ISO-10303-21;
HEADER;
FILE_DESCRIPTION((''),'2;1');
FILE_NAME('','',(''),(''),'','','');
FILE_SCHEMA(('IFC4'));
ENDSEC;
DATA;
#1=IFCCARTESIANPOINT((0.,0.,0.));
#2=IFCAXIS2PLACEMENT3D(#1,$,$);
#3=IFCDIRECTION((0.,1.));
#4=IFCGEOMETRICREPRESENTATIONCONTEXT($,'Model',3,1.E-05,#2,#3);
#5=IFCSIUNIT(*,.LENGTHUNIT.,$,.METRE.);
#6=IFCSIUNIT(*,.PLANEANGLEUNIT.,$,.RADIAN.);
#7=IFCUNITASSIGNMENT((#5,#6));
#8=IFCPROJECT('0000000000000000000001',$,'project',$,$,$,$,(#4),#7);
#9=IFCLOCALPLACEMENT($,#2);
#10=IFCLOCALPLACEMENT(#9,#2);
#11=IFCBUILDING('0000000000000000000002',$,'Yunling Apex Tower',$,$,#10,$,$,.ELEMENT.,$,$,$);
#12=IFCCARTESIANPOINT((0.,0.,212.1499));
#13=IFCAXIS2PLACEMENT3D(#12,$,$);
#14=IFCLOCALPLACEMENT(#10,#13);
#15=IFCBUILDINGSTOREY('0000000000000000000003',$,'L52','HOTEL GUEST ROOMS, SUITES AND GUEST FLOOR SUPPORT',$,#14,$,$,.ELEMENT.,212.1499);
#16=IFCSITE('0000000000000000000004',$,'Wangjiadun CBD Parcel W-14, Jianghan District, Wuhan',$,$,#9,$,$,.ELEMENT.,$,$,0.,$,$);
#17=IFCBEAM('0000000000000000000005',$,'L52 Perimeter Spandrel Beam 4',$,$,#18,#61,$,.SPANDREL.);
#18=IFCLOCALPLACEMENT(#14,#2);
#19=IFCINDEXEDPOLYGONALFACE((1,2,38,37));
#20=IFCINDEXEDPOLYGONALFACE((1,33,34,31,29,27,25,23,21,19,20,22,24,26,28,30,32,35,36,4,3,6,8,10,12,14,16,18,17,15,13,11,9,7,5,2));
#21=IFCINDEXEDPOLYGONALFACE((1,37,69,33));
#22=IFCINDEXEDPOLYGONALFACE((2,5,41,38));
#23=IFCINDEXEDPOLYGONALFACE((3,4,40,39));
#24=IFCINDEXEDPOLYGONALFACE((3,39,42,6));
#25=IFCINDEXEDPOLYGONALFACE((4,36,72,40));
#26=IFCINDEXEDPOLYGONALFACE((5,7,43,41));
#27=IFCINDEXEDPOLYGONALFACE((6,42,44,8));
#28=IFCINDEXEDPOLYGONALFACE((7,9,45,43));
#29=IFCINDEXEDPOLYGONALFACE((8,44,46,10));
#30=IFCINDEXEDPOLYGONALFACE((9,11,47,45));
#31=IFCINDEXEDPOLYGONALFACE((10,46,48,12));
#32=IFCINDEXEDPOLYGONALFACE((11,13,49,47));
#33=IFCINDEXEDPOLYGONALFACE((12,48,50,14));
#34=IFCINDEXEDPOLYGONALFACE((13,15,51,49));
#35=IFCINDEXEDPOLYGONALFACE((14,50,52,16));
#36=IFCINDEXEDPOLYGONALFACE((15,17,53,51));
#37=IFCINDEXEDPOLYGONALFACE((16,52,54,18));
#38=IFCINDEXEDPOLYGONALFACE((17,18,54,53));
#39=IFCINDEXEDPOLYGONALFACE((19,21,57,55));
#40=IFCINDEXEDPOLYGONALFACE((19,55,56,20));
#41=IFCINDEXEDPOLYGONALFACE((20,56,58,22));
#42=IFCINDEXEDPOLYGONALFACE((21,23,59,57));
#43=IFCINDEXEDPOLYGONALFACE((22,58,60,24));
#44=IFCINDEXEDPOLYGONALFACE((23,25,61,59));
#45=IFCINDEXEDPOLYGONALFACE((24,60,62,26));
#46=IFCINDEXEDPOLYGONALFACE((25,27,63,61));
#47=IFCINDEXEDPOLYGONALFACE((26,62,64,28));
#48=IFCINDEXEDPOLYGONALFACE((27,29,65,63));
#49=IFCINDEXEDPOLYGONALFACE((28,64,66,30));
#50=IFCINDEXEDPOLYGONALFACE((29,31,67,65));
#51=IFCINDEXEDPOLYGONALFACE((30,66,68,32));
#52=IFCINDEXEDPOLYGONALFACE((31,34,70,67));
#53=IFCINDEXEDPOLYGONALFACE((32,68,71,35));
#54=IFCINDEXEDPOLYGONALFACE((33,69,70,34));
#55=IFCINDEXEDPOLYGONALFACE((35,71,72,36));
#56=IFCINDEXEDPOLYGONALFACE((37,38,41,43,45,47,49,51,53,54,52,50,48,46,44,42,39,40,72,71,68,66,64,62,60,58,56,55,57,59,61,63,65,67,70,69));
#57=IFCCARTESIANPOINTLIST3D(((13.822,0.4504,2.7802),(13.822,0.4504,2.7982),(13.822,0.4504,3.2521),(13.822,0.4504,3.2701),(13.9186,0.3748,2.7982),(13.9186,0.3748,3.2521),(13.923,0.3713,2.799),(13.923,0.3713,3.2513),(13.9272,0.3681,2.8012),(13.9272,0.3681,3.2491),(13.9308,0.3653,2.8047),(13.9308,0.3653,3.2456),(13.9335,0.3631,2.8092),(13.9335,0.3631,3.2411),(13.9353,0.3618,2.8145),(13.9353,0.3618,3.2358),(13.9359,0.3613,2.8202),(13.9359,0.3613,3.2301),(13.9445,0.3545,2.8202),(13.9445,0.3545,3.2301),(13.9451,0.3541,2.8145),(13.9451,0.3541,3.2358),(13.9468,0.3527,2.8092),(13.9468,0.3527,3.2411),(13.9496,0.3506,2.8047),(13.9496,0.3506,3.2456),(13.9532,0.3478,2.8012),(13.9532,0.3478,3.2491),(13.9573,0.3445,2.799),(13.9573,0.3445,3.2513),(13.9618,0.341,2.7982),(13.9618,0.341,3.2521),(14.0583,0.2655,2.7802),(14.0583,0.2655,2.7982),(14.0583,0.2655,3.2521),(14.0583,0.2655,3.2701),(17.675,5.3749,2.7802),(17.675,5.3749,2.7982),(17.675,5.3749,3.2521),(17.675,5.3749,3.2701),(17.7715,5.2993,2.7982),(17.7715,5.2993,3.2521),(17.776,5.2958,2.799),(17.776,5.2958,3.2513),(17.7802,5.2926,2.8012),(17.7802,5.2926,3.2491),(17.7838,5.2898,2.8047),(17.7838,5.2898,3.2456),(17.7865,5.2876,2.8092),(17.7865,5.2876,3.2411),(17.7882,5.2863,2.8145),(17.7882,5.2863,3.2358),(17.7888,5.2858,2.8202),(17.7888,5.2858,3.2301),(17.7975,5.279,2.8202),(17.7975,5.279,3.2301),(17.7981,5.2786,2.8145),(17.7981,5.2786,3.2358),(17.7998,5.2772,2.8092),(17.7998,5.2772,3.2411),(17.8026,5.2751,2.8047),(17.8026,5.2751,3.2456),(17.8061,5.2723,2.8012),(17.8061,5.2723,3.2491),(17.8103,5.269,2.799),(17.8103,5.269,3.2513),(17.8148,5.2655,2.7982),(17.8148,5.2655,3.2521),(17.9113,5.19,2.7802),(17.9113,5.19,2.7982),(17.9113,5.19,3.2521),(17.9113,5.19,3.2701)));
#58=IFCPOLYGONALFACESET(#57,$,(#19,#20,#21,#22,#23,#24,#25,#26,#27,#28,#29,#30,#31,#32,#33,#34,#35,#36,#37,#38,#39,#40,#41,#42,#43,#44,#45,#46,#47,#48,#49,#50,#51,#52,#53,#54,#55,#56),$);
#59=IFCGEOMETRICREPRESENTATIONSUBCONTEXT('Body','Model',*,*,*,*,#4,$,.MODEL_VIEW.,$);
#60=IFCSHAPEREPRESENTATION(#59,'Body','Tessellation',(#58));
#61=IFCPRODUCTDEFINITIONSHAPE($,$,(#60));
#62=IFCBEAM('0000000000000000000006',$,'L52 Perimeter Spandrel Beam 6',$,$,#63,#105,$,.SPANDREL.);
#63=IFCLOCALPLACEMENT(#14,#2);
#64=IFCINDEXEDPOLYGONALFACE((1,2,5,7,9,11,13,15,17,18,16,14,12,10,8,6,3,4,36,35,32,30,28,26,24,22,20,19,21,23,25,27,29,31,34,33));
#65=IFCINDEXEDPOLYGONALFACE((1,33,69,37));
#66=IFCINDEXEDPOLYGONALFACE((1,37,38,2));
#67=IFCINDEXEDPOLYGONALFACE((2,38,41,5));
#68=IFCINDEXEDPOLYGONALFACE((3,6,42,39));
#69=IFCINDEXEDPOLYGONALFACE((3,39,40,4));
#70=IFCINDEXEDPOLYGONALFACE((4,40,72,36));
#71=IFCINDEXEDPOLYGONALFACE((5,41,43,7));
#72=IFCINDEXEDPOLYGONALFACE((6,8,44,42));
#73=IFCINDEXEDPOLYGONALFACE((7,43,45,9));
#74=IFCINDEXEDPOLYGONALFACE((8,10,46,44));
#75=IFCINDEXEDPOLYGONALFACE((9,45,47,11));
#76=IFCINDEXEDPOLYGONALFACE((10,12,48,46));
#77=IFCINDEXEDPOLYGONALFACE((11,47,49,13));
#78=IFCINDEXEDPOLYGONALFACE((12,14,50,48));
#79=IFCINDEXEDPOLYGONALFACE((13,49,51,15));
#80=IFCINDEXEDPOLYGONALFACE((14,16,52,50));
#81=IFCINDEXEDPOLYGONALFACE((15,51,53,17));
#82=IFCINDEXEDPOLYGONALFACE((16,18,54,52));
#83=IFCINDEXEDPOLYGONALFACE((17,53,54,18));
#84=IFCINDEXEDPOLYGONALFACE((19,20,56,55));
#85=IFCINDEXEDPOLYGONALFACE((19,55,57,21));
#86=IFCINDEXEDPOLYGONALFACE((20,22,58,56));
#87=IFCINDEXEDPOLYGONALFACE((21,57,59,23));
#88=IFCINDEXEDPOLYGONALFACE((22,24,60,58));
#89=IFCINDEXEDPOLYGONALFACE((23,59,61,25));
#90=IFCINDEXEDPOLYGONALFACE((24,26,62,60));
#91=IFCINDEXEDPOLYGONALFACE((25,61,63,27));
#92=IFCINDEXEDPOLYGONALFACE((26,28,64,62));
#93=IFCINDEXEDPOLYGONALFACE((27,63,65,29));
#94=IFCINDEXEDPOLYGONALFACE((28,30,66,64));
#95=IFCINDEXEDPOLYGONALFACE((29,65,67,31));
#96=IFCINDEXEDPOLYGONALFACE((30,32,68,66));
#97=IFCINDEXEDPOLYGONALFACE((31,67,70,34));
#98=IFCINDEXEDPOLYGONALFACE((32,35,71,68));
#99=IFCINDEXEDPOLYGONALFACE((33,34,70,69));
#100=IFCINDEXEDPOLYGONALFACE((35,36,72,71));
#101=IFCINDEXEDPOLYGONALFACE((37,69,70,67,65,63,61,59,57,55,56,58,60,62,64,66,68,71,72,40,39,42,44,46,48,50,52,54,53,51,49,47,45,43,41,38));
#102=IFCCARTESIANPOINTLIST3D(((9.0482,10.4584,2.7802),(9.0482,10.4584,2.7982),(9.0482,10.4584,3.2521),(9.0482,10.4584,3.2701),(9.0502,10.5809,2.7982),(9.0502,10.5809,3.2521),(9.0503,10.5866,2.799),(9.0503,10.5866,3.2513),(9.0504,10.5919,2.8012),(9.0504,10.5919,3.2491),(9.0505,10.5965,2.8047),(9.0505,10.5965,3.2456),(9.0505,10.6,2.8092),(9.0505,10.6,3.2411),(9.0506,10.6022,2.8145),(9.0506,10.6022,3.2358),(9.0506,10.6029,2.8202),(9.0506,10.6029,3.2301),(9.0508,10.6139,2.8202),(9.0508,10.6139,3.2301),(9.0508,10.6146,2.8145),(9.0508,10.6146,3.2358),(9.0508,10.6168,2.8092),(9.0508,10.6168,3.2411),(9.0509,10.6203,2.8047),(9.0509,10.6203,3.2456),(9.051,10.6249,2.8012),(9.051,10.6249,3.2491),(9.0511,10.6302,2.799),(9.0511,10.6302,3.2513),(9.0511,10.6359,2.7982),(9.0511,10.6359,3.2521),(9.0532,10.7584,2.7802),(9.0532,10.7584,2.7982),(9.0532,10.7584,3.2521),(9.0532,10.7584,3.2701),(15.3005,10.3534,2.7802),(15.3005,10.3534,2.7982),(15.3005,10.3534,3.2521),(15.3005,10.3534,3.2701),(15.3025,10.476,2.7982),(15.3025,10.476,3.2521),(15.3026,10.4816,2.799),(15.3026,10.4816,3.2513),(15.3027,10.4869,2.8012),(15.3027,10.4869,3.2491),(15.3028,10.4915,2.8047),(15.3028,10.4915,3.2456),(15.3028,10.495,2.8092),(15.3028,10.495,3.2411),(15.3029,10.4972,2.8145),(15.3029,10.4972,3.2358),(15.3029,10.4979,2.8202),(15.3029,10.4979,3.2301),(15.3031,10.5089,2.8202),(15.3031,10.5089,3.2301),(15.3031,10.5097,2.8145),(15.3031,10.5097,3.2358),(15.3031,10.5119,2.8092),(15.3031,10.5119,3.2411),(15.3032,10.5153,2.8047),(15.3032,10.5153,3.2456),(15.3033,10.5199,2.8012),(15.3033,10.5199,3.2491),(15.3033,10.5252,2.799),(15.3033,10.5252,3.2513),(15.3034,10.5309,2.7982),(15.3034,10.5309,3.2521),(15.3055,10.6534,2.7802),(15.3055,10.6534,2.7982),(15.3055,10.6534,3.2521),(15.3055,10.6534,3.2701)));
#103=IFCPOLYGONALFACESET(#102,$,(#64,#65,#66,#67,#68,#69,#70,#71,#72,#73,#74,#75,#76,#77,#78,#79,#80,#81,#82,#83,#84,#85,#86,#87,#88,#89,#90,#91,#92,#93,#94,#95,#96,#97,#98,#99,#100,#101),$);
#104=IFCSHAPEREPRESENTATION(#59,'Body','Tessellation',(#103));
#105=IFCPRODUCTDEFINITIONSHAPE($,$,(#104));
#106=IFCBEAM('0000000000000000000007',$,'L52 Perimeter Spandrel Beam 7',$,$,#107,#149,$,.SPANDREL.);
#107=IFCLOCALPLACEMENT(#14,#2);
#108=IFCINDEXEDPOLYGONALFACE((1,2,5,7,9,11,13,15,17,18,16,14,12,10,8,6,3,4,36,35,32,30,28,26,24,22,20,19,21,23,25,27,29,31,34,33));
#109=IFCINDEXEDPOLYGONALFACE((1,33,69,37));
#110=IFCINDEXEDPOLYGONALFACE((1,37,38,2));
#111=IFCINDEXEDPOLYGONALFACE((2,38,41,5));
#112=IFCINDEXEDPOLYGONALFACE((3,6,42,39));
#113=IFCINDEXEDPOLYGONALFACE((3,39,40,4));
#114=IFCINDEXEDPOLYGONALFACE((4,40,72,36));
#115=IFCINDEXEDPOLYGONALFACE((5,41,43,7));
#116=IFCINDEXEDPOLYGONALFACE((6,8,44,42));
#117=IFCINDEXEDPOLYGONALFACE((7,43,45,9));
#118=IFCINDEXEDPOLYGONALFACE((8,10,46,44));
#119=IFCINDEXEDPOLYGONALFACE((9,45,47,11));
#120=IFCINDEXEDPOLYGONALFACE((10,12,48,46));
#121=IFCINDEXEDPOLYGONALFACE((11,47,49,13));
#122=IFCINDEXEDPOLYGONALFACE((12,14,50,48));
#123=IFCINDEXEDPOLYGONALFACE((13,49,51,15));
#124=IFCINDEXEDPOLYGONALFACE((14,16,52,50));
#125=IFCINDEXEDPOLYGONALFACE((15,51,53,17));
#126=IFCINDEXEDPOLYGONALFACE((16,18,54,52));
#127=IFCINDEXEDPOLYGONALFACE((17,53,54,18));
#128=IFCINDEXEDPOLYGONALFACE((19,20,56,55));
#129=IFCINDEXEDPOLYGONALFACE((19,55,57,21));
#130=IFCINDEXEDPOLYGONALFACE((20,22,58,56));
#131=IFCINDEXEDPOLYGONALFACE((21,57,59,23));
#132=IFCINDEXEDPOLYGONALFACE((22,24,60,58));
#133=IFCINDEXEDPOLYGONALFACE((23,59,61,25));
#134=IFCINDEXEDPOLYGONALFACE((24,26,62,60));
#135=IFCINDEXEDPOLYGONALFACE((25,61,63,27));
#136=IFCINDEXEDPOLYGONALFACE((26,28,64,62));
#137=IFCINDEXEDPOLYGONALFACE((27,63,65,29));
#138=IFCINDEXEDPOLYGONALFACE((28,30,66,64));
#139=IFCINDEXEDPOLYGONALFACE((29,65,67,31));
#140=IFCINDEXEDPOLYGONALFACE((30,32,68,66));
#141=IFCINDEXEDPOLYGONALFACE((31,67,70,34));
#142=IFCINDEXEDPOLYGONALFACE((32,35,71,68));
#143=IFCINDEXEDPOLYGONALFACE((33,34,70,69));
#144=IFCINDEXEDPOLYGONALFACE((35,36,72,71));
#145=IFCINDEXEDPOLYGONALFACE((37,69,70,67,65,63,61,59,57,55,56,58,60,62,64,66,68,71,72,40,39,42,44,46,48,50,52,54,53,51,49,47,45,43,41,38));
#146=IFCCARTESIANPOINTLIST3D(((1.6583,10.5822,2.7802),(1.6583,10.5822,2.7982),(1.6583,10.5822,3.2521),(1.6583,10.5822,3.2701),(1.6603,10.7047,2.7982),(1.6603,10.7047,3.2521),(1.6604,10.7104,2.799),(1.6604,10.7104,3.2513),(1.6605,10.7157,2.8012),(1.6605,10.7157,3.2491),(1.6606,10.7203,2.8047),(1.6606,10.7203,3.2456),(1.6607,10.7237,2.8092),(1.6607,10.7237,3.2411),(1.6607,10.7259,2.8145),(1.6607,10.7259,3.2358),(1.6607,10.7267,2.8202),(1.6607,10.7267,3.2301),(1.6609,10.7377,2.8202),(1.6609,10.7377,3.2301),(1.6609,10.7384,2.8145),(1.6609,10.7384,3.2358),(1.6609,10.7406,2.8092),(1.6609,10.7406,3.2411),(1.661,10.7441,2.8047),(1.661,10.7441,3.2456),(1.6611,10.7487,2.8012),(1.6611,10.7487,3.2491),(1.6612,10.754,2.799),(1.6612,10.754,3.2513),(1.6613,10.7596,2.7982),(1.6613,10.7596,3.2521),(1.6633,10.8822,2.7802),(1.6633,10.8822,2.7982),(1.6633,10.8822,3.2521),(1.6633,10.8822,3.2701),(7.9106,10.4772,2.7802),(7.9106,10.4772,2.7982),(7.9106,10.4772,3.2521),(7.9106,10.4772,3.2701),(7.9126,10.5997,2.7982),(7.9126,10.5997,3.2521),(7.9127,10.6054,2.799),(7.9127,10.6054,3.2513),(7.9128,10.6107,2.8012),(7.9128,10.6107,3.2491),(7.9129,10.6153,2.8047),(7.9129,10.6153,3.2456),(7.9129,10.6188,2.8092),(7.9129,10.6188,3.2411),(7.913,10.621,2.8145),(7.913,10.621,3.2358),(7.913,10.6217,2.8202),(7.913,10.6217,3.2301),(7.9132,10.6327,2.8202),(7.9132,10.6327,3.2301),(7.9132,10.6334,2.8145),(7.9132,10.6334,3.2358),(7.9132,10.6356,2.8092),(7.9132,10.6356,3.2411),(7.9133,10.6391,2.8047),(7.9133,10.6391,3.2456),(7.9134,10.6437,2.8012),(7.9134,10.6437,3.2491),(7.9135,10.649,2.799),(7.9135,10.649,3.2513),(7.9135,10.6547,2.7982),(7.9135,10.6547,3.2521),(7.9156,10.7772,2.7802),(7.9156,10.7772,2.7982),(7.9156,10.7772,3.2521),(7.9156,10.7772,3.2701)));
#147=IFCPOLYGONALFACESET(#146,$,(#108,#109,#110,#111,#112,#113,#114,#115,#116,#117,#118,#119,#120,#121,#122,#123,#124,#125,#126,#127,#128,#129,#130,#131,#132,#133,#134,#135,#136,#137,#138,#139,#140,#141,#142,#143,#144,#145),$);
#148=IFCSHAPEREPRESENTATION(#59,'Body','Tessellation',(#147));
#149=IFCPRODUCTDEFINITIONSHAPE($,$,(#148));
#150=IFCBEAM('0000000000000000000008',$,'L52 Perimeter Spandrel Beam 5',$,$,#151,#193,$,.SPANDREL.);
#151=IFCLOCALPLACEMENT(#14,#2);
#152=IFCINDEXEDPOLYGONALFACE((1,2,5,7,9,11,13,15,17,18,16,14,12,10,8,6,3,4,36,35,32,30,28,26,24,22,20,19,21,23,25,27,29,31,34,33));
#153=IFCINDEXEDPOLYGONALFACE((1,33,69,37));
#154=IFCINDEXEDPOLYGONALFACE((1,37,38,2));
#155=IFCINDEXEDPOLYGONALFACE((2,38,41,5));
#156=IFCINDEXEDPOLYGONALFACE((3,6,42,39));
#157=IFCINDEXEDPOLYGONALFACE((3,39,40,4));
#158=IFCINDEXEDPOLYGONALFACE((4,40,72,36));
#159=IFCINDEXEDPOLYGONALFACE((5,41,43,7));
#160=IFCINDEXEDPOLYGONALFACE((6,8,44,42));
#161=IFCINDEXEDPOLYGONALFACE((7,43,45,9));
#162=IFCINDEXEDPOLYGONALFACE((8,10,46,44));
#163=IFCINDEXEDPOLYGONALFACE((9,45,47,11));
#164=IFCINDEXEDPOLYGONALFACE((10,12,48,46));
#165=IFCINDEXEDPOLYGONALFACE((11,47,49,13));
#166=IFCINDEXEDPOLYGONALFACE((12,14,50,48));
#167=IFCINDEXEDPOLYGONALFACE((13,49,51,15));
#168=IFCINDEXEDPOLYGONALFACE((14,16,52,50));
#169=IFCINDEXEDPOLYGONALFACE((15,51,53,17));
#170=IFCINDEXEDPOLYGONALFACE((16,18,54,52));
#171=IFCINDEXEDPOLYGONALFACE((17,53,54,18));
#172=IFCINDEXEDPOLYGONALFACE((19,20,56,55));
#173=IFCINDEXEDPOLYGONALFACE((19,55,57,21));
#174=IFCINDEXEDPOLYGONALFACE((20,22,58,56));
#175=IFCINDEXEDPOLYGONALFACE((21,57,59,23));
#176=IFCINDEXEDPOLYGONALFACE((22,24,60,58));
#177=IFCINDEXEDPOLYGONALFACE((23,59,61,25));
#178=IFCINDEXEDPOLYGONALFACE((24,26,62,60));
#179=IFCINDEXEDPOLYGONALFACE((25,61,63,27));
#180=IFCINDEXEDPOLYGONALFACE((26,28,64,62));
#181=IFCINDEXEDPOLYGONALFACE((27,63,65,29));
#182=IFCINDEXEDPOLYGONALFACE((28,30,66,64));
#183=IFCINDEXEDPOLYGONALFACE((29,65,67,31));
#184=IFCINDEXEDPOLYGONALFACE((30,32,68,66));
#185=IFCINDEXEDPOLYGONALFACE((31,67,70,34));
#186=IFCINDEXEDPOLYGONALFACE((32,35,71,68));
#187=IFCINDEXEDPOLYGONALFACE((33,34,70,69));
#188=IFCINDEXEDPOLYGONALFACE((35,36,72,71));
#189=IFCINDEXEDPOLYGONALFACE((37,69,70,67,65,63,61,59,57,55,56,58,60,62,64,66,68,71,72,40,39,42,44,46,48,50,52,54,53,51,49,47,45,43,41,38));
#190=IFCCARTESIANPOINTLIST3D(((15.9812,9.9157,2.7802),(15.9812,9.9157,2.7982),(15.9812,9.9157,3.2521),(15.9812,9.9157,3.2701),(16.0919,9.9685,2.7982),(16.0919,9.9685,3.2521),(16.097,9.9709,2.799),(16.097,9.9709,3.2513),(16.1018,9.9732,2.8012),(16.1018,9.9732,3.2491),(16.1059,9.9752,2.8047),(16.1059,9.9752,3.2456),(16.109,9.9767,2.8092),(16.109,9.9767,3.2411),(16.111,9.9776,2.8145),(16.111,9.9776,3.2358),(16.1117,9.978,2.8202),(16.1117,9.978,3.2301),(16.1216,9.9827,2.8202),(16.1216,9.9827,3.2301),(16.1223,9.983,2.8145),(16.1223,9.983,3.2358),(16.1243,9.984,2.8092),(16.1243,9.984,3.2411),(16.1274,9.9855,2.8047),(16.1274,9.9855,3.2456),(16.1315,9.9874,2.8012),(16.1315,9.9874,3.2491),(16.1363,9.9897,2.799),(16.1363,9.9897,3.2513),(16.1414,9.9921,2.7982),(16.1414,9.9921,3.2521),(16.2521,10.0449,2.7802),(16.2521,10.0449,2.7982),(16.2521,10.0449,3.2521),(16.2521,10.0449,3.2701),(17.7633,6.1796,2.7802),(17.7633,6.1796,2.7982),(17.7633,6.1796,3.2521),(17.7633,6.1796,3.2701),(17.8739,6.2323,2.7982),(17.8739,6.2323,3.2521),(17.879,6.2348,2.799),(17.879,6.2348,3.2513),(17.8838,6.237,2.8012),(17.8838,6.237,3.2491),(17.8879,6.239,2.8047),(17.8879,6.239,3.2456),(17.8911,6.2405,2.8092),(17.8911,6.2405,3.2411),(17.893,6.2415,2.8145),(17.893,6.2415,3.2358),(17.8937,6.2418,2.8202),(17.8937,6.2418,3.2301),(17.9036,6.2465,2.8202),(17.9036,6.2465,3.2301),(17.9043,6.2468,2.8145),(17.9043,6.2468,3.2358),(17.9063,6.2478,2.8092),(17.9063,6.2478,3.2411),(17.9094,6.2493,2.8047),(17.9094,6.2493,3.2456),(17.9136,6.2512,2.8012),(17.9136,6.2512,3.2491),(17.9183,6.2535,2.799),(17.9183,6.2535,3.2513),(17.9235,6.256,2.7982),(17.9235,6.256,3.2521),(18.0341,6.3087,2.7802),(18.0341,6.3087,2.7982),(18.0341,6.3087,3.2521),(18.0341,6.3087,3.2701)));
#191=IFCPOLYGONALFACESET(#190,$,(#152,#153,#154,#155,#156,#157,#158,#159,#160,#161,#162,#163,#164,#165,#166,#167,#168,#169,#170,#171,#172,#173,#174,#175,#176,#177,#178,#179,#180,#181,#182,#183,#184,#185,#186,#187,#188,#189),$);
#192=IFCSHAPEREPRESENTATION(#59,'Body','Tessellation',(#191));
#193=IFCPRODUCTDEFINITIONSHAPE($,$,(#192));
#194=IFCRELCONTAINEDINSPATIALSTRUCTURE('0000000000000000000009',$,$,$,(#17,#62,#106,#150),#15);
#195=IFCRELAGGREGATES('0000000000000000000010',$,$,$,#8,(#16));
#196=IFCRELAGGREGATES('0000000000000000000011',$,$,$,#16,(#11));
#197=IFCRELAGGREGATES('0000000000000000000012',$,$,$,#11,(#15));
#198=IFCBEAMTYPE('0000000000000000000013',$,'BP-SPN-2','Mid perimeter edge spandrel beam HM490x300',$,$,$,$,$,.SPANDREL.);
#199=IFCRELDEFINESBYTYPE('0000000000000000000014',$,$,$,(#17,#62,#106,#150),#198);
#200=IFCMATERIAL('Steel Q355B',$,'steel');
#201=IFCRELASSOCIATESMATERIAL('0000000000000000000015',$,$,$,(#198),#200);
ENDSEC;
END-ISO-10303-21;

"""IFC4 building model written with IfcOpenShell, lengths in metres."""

from ifc_helpers import new_model, si_unit, direction, frame, origin, origin_2d, place, context, subcontext, project, spatial, i_section, extrude, source, transform, mapped, material, material_profile, profile_set, type_object, element, save


model = new_model("IFC4")

# Units and contexts
model_context = context("Model", 3, precision=1e-05, world=origin(), true_north=direction((0.0, 1.0)))
body_context = subcontext(model_context, "Body", "Model", "MODEL_VIEW")
ifc_project = project(units=[si_unit("LENGTHUNIT", "METRE"), si_unit("PLANEANGLEUNIT", "RADIAN")], contexts=[model_context])

# Site, building, storey
site_placement = place(None, origin())
site = spatial("IfcSite", under=ifc_project, at=site_placement, Name="Wangjiadun CBD Parcel W-14, Jianghan District, Wuhan", CompositionType="ELEMENT", RefElevation=0.0)
building_placement = place(site_placement, origin())
building = spatial("IfcBuilding", under=site, at=building_placement, Name="Yunling Apex Tower", CompositionType="ELEMENT")
storey_placement = place(building_placement, frame((0.0, 0.0, 212.1499)))
storey = spatial("IfcBuildingStorey", under=building, at=storey_placement, Name="L52", Description="HOTEL GUEST ROOMS, SUITES AND GUEST FLOOR SUPPORT", CompositionType="ELEMENT", Elevation=212.1499)

# Beams
ifc_material_1 = material(Name="Steel Q355B", Category="steel")
ifc_material_profile_1 = material_profile(ifc_material_1, i_section(OverallWidth=0.3, OverallDepth=0.49, WebThickness=0.011, FlangeThickness=0.0181, FilletRadius=0.022, at=origin_2d()))
ifc_profile_set_1 = profile_set([ifc_material_profile_1], Name="Steel Q355B")
beam_type_1 = type_object("IfcBeamType", Name="BP-SPN-2", Description="Mid perimeter edge spandrel beam HM490x300", PredefinedType="SPANDREL", material=ifc_profile_set_1)
shared_shape_1 = source(origin(), body_context, "Body", "SweptSolid", [
    extrude(i_section(OverallWidth=0.3, OverallDepth=0.49, WebThickness=0.011, FlangeThickness=0.0181, FilletRadius=0.022, at=origin_2d()), origin(), (0.0, 0.0, 1.0), 6.2527),
])
beam_1_placement = place(storey_placement, frame((13.9402, 0.3579, 3.0251), z_axis=(0.616211, 0.787581, 0.0), x_axis=(-0.787581, 0.616211, 0.0)))
element("IfcBeam", 1, at=beam_1_placement, inside=storey, type_object=beam_type_1, Name="L52 Perimeter Spandrel Beam 4", PredefinedType="SPANDREL", context=body_context, shape_type="MappedRepresentation", body=[
    mapped(shared_shape_1, transform((0.0, 0.0, 0.0), scale=1.0)),
])
shared_shape_2 = source(origin(), body_context, "Body", "SweptSolid", [
    extrude(i_section(OverallWidth=0.3, OverallDepth=0.49, WebThickness=0.011, FlangeThickness=0.0181, FilletRadius=0.022, at=origin_2d()), origin(), (0.0, 0.0, 1.0), 6.2532),
])
for number, where, z_axis, x_axis, name in (
    (2, (15.303, 10.5034, 3.0251), (-0.999859, 0.016789, 0.0), (-0.016789, -0.999859, 0.0), "L52 Perimeter Spandrel Beam 6"),
    (3, (7.9131, 10.6272, 3.0251), (-0.999859, 0.016789, 0.0), (-0.016789, -0.999859, 0.0), "L52 Perimeter Spandrel Beam 7"),
):
    element("IfcBeam", number, at=place(storey_placement, frame(where, z_axis=z_axis, x_axis=x_axis)), inside=storey, type_object=beam_type_1, Name=name, PredefinedType="SPANDREL", context=body_context, shape_type="MappedRepresentation", body=[
        mapped(shared_shape_2, transform((0.0, 0.0, 0.0), scale=1.0)),
    ])
shared_shape_3 = source(origin(), body_context, "Body", "SweptSolid", [
    extrude(i_section(OverallWidth=0.3, OverallDepth=0.49, WebThickness=0.011, FlangeThickness=0.0181, FilletRadius=0.022, at=origin_2d()), origin(), (0.0, 0.0, 1.0), 4.1394),
])
beam_2_placement = place(storey_placement, frame((17.8987, 6.2441, 3.0251), z_axis=(-0.430504, 0.902589, 0.0), x_axis=(-0.902589, -0.430504, 0.0)))
element("IfcBeam", 4, at=beam_2_placement, inside=storey, type_object=beam_type_1, Name="L52 Perimeter Spandrel Beam 5", PredefinedType="SPANDREL", context=body_context, shape_type="MappedRepresentation", body=[
    mapped(shared_shape_3, transform((0.0, 0.0, 0.0), scale=1.0)),
])

save(model, "model.ifc")
